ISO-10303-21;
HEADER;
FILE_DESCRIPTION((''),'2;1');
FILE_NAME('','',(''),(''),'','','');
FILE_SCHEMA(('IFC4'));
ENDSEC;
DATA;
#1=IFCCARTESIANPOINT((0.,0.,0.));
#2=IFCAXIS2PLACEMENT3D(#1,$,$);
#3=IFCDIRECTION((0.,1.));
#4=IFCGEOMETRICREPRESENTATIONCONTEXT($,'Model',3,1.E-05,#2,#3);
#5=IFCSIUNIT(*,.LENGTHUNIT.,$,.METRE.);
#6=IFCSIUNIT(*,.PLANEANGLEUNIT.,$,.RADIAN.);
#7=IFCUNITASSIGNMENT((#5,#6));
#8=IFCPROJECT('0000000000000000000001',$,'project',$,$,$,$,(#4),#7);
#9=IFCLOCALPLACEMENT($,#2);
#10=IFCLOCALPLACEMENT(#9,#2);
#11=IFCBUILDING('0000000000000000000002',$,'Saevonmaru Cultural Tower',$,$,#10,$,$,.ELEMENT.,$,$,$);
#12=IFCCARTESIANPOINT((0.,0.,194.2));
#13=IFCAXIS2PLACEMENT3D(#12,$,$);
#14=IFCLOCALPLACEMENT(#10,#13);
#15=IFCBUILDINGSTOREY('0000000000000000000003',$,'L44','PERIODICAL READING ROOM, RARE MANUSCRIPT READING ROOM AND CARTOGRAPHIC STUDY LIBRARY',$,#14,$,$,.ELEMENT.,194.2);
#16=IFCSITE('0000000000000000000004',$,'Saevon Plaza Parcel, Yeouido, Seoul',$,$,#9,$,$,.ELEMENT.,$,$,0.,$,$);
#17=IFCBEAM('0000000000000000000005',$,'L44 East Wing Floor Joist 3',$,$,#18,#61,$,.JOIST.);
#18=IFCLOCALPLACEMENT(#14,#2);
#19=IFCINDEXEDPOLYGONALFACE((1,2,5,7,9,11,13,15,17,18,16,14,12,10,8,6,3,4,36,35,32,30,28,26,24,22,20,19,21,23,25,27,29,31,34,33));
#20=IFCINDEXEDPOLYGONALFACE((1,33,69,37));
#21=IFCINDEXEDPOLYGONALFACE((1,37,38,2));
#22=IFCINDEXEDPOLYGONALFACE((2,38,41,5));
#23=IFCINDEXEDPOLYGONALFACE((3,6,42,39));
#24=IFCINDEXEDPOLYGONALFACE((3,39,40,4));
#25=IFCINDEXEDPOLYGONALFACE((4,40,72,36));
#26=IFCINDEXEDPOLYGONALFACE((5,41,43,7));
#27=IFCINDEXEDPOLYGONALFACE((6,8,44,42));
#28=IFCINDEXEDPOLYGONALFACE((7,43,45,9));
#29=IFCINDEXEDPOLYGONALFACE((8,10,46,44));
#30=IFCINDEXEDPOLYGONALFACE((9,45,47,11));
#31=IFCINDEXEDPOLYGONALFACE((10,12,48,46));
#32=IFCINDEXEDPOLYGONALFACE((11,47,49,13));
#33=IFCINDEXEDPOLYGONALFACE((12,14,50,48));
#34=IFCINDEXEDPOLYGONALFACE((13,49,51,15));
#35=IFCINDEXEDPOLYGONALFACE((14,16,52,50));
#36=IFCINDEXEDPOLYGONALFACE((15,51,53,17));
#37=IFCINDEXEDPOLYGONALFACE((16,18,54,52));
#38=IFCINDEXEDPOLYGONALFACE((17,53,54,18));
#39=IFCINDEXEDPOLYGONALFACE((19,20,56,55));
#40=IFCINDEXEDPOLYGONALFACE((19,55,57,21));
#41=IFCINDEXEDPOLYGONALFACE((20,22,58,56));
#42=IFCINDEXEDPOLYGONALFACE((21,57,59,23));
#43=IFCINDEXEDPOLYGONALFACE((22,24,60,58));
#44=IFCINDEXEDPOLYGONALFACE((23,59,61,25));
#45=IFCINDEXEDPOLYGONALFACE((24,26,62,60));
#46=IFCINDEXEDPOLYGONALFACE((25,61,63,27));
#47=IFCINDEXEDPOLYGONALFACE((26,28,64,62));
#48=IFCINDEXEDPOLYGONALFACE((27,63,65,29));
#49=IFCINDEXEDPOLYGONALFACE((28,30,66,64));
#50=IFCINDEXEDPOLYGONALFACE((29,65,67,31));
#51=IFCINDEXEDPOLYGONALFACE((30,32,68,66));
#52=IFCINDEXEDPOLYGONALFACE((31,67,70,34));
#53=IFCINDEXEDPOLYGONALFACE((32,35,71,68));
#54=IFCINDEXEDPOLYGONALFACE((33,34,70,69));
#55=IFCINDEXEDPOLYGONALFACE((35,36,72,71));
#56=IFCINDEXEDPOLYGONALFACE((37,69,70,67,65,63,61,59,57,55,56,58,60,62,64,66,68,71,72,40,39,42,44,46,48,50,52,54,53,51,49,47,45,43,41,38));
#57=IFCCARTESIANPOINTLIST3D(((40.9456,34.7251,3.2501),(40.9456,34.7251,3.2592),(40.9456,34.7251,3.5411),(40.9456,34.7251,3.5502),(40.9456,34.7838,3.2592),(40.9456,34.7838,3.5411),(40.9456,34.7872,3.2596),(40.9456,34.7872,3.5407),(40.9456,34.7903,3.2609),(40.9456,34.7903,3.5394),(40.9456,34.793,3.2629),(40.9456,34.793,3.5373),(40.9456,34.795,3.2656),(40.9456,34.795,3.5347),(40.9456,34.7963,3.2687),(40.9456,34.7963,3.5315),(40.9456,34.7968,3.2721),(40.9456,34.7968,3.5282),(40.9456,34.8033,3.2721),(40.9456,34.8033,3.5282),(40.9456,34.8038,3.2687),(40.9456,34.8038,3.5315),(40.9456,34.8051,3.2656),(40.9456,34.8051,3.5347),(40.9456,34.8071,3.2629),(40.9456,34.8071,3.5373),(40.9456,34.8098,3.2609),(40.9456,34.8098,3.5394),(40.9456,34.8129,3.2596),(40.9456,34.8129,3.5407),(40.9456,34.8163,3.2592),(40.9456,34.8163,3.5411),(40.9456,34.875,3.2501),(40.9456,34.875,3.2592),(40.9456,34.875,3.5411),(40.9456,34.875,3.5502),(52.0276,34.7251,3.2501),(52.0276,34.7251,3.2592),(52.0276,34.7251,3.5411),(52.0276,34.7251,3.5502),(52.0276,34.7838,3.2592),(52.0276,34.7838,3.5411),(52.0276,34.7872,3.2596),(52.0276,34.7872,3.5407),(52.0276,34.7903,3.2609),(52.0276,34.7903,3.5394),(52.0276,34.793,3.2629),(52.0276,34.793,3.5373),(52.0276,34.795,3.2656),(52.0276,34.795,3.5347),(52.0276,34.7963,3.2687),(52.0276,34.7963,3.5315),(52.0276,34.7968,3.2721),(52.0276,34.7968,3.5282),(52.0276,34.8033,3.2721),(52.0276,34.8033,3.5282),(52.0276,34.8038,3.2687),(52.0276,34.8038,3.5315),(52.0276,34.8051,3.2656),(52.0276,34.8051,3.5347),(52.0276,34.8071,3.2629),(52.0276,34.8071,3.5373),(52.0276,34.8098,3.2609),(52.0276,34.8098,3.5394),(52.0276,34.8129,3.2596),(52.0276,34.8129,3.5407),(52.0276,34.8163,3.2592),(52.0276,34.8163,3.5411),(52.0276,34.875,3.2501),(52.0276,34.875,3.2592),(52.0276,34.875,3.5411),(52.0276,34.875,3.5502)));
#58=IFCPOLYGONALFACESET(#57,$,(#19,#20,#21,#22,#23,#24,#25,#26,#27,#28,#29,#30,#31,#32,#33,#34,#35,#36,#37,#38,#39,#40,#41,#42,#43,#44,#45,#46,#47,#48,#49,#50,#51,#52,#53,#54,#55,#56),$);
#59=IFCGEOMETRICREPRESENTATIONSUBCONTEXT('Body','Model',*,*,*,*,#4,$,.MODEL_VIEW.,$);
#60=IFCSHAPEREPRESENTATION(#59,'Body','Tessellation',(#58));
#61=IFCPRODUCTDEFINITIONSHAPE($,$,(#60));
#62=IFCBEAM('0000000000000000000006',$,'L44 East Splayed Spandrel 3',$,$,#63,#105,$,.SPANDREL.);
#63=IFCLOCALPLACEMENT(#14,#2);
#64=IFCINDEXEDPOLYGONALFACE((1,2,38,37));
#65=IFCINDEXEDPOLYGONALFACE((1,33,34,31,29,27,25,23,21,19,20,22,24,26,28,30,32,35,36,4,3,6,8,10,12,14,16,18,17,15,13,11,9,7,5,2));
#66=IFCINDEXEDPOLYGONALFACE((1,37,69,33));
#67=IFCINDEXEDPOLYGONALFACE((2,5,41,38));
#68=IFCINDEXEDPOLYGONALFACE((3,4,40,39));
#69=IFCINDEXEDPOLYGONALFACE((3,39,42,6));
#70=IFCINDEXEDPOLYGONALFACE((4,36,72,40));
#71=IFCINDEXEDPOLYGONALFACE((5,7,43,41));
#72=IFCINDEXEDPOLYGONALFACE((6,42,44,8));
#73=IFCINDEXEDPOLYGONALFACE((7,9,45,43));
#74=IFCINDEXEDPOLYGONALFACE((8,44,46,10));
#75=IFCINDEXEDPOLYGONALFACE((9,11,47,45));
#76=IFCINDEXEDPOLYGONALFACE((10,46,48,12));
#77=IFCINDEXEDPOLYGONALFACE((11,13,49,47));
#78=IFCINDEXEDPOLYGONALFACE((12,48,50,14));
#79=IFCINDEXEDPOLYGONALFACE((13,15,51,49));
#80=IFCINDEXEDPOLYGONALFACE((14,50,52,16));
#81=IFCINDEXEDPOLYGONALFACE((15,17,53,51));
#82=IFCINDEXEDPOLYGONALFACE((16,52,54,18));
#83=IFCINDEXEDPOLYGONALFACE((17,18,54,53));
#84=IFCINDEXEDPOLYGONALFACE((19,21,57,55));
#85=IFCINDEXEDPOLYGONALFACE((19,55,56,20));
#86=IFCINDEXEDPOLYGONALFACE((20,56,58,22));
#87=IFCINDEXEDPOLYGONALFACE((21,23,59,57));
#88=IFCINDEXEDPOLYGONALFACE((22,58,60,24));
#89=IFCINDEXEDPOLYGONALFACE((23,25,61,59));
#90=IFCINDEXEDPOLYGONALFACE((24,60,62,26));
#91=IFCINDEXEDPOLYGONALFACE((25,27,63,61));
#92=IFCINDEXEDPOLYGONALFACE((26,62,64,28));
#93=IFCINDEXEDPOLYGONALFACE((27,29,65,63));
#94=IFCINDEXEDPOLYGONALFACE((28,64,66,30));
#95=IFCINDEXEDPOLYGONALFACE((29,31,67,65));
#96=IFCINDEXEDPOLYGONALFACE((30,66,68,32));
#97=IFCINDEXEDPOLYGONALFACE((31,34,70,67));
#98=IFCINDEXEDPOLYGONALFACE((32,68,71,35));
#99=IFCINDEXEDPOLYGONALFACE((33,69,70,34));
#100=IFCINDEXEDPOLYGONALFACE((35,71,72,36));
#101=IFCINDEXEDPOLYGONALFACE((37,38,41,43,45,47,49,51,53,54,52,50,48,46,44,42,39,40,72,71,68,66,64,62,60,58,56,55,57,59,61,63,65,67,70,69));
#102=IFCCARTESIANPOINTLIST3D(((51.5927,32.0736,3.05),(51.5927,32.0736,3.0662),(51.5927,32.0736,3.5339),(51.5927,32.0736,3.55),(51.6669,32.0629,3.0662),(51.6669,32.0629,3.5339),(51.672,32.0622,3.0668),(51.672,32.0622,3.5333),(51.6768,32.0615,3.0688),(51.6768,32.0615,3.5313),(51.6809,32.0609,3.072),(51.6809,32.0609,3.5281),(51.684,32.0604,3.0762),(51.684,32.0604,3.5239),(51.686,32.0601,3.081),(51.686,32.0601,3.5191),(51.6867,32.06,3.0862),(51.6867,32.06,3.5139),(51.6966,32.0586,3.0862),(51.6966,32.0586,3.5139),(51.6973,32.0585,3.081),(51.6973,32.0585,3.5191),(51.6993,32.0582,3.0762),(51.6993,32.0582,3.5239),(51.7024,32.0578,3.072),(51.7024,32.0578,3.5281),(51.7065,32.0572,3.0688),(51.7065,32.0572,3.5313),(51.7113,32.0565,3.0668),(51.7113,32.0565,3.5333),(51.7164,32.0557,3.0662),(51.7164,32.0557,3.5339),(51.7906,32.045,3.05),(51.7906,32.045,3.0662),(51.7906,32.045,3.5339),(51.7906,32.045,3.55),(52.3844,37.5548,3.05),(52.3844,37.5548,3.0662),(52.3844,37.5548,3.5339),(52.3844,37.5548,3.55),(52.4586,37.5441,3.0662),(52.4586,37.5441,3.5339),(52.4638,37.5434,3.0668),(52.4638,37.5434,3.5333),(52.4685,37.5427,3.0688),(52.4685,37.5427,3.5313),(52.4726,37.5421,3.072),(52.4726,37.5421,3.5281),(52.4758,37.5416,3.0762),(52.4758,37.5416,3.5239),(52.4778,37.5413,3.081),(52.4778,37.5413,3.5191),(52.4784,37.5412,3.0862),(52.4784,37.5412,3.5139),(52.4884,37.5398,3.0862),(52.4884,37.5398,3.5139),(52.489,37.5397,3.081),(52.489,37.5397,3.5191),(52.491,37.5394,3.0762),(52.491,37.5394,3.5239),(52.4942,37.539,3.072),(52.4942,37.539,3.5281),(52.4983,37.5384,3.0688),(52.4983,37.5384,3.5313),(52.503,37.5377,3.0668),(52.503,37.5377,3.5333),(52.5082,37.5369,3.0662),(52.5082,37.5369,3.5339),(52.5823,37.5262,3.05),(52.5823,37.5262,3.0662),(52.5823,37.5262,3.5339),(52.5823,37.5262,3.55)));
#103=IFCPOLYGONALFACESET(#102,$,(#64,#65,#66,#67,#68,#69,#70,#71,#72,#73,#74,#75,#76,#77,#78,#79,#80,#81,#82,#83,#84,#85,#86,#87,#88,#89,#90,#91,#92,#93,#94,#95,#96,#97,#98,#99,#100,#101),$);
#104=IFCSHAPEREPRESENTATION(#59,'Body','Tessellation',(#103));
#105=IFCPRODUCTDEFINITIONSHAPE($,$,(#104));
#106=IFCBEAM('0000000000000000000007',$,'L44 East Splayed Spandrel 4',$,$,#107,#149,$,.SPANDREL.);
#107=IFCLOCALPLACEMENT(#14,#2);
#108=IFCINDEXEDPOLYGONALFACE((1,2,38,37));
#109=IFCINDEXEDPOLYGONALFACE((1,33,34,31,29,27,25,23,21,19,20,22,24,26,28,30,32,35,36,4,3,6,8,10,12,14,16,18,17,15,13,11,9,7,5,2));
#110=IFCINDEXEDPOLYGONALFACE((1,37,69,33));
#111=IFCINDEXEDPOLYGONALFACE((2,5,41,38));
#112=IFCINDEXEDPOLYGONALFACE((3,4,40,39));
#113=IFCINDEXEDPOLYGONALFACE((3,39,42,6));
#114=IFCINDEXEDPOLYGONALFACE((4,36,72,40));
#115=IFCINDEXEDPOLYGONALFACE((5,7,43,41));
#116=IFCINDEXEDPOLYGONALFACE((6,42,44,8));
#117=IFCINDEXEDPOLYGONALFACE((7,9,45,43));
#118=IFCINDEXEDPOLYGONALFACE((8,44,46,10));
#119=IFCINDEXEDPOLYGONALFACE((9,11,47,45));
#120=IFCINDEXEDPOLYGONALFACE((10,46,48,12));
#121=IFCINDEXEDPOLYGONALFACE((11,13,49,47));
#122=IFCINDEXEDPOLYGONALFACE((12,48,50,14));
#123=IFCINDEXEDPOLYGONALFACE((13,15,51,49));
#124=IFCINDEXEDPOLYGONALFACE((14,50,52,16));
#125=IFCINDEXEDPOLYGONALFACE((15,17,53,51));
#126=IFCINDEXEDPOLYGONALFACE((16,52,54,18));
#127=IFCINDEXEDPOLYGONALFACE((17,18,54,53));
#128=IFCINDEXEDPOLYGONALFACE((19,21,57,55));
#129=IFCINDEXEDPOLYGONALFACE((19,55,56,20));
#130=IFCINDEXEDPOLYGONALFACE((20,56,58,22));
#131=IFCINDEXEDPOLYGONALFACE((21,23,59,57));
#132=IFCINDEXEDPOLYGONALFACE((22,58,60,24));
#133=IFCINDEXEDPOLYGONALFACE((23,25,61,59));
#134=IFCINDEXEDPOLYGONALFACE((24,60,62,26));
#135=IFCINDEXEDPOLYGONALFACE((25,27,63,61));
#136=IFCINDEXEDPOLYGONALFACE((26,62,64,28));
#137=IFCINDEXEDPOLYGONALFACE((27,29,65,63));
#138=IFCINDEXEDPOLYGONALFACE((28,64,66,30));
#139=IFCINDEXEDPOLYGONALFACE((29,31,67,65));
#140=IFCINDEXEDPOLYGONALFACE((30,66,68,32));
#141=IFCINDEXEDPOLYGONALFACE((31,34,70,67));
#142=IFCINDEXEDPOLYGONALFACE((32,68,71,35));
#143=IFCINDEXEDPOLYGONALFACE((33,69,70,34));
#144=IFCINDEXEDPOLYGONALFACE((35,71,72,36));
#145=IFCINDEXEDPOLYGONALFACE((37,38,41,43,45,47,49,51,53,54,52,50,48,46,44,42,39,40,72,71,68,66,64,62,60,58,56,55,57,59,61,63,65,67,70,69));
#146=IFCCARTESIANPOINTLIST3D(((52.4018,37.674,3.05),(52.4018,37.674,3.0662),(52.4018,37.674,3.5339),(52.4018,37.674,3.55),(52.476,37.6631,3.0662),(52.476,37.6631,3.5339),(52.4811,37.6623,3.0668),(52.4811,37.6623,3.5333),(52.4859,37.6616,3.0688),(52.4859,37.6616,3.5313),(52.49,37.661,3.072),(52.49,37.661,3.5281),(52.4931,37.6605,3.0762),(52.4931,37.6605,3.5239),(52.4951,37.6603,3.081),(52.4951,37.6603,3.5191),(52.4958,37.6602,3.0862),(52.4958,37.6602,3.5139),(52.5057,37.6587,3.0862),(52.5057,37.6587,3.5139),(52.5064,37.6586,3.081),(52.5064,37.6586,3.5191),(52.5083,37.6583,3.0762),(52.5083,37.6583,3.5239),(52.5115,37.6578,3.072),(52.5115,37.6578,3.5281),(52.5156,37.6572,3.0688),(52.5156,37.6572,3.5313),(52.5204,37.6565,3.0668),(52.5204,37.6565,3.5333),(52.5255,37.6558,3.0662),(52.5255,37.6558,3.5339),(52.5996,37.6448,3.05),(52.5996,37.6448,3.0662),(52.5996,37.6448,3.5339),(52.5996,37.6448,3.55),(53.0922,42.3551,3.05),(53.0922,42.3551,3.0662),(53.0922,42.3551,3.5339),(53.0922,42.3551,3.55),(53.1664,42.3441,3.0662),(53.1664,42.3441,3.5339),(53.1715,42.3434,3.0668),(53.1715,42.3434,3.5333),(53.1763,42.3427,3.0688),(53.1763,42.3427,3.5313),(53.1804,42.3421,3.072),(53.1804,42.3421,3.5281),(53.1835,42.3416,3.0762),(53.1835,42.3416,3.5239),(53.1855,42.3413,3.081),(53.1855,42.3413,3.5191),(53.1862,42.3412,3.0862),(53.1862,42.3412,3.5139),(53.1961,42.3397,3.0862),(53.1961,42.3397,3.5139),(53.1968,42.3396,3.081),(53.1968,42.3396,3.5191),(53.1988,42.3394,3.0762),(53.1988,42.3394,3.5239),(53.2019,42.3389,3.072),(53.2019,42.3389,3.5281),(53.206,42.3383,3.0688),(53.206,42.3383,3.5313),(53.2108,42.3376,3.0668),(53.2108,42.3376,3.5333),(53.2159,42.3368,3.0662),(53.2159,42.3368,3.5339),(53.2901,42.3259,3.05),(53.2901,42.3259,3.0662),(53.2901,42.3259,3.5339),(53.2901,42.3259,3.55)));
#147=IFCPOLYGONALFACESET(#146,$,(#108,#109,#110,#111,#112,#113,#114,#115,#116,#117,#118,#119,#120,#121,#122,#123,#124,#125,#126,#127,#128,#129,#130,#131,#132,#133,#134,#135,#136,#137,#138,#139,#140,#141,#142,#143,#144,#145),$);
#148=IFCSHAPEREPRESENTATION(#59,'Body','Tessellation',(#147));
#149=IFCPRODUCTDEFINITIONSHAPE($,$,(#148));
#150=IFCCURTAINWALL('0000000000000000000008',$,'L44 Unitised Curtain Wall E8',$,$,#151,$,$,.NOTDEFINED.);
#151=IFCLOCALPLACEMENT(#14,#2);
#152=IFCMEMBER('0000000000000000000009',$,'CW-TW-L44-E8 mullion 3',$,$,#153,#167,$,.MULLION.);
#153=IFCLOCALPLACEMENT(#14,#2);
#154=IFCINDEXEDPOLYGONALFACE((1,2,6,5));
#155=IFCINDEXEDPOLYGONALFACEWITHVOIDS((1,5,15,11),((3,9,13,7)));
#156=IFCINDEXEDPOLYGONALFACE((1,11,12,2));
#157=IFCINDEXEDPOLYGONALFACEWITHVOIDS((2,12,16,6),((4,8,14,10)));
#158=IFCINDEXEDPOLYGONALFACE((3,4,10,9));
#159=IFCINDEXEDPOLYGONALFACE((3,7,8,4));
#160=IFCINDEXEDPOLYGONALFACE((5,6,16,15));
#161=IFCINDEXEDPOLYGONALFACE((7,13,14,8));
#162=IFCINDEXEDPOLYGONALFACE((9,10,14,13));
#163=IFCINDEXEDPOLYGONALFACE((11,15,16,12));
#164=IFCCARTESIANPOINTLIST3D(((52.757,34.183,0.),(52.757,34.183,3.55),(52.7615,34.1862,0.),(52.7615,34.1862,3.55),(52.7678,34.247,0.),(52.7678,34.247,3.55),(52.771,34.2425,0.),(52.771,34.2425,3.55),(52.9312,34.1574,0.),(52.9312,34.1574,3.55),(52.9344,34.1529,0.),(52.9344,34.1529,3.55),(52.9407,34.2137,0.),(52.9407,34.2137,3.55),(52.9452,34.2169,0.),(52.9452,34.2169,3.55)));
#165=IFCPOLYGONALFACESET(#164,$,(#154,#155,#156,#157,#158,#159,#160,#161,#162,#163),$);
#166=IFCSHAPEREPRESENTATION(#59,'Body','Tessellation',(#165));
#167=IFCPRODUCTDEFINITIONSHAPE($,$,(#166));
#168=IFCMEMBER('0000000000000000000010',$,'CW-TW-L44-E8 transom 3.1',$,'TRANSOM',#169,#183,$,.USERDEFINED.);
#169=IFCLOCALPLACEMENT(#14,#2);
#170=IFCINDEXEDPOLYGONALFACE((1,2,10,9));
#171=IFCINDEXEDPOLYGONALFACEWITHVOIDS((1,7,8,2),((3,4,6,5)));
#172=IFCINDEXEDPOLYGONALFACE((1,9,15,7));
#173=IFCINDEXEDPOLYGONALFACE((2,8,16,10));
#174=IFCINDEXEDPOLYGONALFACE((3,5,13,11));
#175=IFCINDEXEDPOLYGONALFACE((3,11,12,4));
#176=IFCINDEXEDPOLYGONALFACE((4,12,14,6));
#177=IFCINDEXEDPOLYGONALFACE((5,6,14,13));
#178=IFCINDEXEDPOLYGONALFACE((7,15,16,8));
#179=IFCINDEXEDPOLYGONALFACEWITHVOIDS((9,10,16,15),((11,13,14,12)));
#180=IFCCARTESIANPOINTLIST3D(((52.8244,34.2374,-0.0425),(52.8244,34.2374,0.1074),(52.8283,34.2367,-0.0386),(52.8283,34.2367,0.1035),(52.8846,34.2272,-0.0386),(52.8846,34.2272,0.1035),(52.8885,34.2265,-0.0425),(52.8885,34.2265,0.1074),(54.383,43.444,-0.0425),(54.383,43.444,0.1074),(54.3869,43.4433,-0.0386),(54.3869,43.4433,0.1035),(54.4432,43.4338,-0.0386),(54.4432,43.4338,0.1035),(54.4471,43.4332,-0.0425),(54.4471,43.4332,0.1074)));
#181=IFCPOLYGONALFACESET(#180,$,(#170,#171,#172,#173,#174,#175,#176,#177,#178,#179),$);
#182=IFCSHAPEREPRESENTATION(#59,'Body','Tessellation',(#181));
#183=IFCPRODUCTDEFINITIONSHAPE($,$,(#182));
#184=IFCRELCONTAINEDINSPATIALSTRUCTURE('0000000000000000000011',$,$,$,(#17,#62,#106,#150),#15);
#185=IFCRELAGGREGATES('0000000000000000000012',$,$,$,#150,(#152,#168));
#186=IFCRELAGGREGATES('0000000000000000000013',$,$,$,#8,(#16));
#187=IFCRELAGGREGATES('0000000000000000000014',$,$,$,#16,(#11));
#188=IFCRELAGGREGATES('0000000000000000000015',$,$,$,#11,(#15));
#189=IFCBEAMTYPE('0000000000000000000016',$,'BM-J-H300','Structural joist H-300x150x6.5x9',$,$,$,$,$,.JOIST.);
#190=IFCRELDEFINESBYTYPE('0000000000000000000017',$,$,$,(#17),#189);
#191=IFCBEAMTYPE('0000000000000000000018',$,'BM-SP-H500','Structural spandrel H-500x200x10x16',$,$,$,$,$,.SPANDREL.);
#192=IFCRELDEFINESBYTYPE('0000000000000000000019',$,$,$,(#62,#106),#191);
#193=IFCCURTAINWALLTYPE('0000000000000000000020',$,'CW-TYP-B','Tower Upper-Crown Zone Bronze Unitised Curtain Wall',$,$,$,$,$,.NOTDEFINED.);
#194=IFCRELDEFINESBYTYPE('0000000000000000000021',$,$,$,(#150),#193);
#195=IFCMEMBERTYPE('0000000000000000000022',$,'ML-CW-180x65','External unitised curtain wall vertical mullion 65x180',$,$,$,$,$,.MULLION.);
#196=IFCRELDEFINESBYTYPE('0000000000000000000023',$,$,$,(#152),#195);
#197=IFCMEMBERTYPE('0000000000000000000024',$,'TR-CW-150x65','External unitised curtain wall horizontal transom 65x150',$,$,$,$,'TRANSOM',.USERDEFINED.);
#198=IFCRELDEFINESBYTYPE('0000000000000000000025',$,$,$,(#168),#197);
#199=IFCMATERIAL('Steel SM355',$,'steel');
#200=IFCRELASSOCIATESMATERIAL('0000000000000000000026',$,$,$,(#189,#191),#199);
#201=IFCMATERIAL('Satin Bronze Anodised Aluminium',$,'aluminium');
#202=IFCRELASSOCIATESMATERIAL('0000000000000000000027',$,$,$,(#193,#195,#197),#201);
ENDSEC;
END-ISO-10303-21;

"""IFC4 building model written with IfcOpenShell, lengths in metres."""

from ifc_helpers import new_model, si_unit, direction, frame, origin, origin_2d, place, context, subcontext, project, spatial, hollow_rectangle, i_section, extrude, material, material_profile, profile_set, type_object, element, aggregate, save


model = new_model("IFC4")

# Units and contexts
model_context = context("Model", 3, precision=1e-05, world=origin(), true_north=direction((0.0, 1.0)))
body_context = subcontext(model_context, "Body", "Model", "MODEL_VIEW")
ifc_project = project(units=[si_unit("LENGTHUNIT", "METRE"), si_unit("PLANEANGLEUNIT", "RADIAN")], contexts=[model_context])

# Site, building, storey
site_placement = place(None, origin())
site = spatial("IfcSite", under=ifc_project, at=site_placement, Name="Saevon Plaza Parcel, Yeouido, Seoul", CompositionType="ELEMENT", RefElevation=0.0)
building_placement = place(site_placement, origin())
building = spatial("IfcBuilding", under=site, at=building_placement, Name="Saevonmaru Cultural Tower", CompositionType="ELEMENT")
storey_placement = place(building_placement, frame((0.0, 0.0, 194.2)))
storey = spatial("IfcBuildingStorey", under=building, at=storey_placement, Name="L44", Description="PERIODICAL READING ROOM, RARE MANUSCRIPT READING ROOM AND CARTOGRAPHIC STUDY LIBRARY", CompositionType="ELEMENT", Elevation=194.2)

# Shared definitions
ifc_material_1 = material(Name="Steel SM355", Category="steel")

# Beams
ifc_material_profile_1 = material_profile(ifc_material_1, i_section(OverallWidth=0.1499, OverallDepth=0.3, WebThickness=0.0066, FlangeThickness=0.009, FilletRadius=0.0129, at=origin_2d()), Name="H-300x150x6.5x9")
ifc_profile_set_1 = profile_set([ifc_material_profile_1], Name="Steel SM355")
beam_type_1 = type_object("IfcBeamType", Name="BM-J-H300", Description="Structural joist H-300x150x6.5x9", PredefinedType="JOIST", material=ifc_profile_set_1)
beam_1_placement = place(storey_placement, frame((40.9456, 34.8, 3.4001), z_axis=(1.0, 0.0, 0.0), x_axis=(0.0, 1.0, 0.0)))
element("IfcBeam", 1, at=beam_1_placement, inside=storey, type_object=beam_type_1, Name="L44 East Wing Floor Joist 3", PredefinedType="JOIST", context=body_context, shape_type="SweptSolid", body=[
    extrude(i_section(OverallWidth=0.1499, OverallDepth=0.3, WebThickness=0.0066, FlangeThickness=0.009, FilletRadius=0.0129, at=origin_2d()), origin(), (0.0, 0.0, 1.0), 11.082),
])
ifc_material_profile_2 = material_profile(ifc_material_1, i_section(OverallWidth=0.2, OverallDepth=0.5, WebThickness=0.01, FlangeThickness=0.0161, FilletRadius=0.02, at=origin_2d()), Name="H-500x200x10x16")
ifc_profile_set_2 = profile_set([ifc_material_profile_2], Name="Steel SM355")
beam_type_2 = type_object("IfcBeamType", Name="BM-SP-H500", Description="Structural spandrel H-500x200x10x16", PredefinedType="SPANDREL", material=ifc_profile_set_2)
beam_2_placement = place(storey_placement, frame((51.6917, 32.0593, 3.3), z_axis=(0.142964, 0.989728, 0.0), x_axis=(-0.989728, 0.142964, 0.0)))
element("IfcBeam", 2, at=beam_2_placement, inside=storey, type_object=beam_type_2, Name="L44 East Splayed Spandrel 3", PredefinedType="SPANDREL", context=body_context, shape_type="SweptSolid", body=[
    extrude(i_section(OverallWidth=0.2, OverallDepth=0.5, WebThickness=0.01, FlangeThickness=0.0161, FilletRadius=0.02, at=origin_2d()), origin(), (0.0, 0.0, 1.0), 5.5381),
])
beam_3_placement = place(storey_placement, frame((52.5007, 37.6594, 3.3), z_axis=(0.145913, 0.989297, 0.0), x_axis=(-0.989297, 0.145913, 0.0)))
element("IfcBeam", 3, at=beam_3_placement, inside=storey, type_object=beam_type_2, Name="L44 East Splayed Spandrel 4", PredefinedType="SPANDREL", context=body_context, shape_type="SweptSolid", body=[
    extrude(i_section(OverallWidth=0.2, OverallDepth=0.5, WebThickness=0.01, FlangeThickness=0.0161, FilletRadius=0.02, at=origin_2d()), origin(), (0.0, 0.0, 1.0), 4.7317),
])

# Curtain wall, members
ifc_material_2 = material(Name="Satin Bronze Anodised Aluminium", Category="aluminium")
curtain_wall_type = type_object("IfcCurtainWallType", Name="CW-TYP-B", Description="Tower Upper-Crown Zone Bronze Unitised Curtain Wall", PredefinedType="NOTDEFINED", material=ifc_material_2)
curtain_wall_placement = place(storey_placement, origin())
curtain_wall = element("IfcCurtainWall", 4, at=curtain_wall_placement, inside=storey, type_object=curtain_wall_type, Name="L44 Unitised Curtain Wall E8", PredefinedType="NOTDEFINED")
ifc_material_profile_3 = material_profile(ifc_material_2, hollow_rectangle(XDim=0.0649, YDim=0.1799, WallThickness=0.0039, at=origin_2d()), Name="ALU-MULL-180x65x4")
ifc_profile_set_3 = profile_set([ifc_material_profile_3], Name="Satin Bronze Anodised Aluminium")
member_type_1 = type_object("IfcMemberType", Name="ML-CW-180x65", Description="External unitised curtain wall vertical mullion 65x180", PredefinedType="MULLION", material=ifc_profile_set_3)
member_1_placement = place(storey_placement, frame((52.8511, 34.2, 0.0), z_axis=(0.0, 0.0, 1.0), x_axis=(0.166922, 0.98597, 0.0)))
member_1 = element("IfcMember", 5, at=member_1_placement, type_object=member_type_1, Name="CW-TW-L44-E8 mullion 3", PredefinedType="MULLION", context=body_context, shape_type="SweptSolid", body=[
    extrude(hollow_rectangle(XDim=0.0649, YDim=0.1799, WallThickness=0.0039, at=origin_2d()), origin(), (0.0, 0.0, 1.0), 3.55),
])
ifc_material_profile_4 = material_profile(ifc_material_2, hollow_rectangle(XDim=0.0649, YDim=0.1499, WallThickness=0.0039, at=origin_2d()), Name="ALU-TRAN-150x65x4")
ifc_profile_set_4 = profile_set([ifc_material_profile_4], Name="Satin Bronze Anodised Aluminium")
member_type_2 = type_object("IfcMemberType", Name="TR-CW-150x65", Description="External unitised curtain wall horizontal transom 65x150", ElementType="TRANSOM", PredefinedType="USERDEFINED", material=ifc_profile_set_4)
member_2_placement = place(storey_placement, frame((52.8564, 34.2319, 0.0325), z_axis=(0.166917, 0.985971, 0.0), x_axis=(-0.985971, 0.166917, 0.0)))
member_2 = element("IfcMember", 6, at=member_2_placement, type_object=member_type_2, Name="CW-TW-L44-E8 transom 3.1", ObjectType="TRANSOM", PredefinedType="USERDEFINED", context=body_context, shape_type="SweptSolid", body=[
    extrude(hollow_rectangle(XDim=0.0649, YDim=0.1499, WallThickness=0.0039, at=origin_2d()), origin(), (0.0, 0.0, 1.0), 9.3376),
])
aggregate(curtain_wall, [member_1, member_2])

save(model, "model.ifc")
